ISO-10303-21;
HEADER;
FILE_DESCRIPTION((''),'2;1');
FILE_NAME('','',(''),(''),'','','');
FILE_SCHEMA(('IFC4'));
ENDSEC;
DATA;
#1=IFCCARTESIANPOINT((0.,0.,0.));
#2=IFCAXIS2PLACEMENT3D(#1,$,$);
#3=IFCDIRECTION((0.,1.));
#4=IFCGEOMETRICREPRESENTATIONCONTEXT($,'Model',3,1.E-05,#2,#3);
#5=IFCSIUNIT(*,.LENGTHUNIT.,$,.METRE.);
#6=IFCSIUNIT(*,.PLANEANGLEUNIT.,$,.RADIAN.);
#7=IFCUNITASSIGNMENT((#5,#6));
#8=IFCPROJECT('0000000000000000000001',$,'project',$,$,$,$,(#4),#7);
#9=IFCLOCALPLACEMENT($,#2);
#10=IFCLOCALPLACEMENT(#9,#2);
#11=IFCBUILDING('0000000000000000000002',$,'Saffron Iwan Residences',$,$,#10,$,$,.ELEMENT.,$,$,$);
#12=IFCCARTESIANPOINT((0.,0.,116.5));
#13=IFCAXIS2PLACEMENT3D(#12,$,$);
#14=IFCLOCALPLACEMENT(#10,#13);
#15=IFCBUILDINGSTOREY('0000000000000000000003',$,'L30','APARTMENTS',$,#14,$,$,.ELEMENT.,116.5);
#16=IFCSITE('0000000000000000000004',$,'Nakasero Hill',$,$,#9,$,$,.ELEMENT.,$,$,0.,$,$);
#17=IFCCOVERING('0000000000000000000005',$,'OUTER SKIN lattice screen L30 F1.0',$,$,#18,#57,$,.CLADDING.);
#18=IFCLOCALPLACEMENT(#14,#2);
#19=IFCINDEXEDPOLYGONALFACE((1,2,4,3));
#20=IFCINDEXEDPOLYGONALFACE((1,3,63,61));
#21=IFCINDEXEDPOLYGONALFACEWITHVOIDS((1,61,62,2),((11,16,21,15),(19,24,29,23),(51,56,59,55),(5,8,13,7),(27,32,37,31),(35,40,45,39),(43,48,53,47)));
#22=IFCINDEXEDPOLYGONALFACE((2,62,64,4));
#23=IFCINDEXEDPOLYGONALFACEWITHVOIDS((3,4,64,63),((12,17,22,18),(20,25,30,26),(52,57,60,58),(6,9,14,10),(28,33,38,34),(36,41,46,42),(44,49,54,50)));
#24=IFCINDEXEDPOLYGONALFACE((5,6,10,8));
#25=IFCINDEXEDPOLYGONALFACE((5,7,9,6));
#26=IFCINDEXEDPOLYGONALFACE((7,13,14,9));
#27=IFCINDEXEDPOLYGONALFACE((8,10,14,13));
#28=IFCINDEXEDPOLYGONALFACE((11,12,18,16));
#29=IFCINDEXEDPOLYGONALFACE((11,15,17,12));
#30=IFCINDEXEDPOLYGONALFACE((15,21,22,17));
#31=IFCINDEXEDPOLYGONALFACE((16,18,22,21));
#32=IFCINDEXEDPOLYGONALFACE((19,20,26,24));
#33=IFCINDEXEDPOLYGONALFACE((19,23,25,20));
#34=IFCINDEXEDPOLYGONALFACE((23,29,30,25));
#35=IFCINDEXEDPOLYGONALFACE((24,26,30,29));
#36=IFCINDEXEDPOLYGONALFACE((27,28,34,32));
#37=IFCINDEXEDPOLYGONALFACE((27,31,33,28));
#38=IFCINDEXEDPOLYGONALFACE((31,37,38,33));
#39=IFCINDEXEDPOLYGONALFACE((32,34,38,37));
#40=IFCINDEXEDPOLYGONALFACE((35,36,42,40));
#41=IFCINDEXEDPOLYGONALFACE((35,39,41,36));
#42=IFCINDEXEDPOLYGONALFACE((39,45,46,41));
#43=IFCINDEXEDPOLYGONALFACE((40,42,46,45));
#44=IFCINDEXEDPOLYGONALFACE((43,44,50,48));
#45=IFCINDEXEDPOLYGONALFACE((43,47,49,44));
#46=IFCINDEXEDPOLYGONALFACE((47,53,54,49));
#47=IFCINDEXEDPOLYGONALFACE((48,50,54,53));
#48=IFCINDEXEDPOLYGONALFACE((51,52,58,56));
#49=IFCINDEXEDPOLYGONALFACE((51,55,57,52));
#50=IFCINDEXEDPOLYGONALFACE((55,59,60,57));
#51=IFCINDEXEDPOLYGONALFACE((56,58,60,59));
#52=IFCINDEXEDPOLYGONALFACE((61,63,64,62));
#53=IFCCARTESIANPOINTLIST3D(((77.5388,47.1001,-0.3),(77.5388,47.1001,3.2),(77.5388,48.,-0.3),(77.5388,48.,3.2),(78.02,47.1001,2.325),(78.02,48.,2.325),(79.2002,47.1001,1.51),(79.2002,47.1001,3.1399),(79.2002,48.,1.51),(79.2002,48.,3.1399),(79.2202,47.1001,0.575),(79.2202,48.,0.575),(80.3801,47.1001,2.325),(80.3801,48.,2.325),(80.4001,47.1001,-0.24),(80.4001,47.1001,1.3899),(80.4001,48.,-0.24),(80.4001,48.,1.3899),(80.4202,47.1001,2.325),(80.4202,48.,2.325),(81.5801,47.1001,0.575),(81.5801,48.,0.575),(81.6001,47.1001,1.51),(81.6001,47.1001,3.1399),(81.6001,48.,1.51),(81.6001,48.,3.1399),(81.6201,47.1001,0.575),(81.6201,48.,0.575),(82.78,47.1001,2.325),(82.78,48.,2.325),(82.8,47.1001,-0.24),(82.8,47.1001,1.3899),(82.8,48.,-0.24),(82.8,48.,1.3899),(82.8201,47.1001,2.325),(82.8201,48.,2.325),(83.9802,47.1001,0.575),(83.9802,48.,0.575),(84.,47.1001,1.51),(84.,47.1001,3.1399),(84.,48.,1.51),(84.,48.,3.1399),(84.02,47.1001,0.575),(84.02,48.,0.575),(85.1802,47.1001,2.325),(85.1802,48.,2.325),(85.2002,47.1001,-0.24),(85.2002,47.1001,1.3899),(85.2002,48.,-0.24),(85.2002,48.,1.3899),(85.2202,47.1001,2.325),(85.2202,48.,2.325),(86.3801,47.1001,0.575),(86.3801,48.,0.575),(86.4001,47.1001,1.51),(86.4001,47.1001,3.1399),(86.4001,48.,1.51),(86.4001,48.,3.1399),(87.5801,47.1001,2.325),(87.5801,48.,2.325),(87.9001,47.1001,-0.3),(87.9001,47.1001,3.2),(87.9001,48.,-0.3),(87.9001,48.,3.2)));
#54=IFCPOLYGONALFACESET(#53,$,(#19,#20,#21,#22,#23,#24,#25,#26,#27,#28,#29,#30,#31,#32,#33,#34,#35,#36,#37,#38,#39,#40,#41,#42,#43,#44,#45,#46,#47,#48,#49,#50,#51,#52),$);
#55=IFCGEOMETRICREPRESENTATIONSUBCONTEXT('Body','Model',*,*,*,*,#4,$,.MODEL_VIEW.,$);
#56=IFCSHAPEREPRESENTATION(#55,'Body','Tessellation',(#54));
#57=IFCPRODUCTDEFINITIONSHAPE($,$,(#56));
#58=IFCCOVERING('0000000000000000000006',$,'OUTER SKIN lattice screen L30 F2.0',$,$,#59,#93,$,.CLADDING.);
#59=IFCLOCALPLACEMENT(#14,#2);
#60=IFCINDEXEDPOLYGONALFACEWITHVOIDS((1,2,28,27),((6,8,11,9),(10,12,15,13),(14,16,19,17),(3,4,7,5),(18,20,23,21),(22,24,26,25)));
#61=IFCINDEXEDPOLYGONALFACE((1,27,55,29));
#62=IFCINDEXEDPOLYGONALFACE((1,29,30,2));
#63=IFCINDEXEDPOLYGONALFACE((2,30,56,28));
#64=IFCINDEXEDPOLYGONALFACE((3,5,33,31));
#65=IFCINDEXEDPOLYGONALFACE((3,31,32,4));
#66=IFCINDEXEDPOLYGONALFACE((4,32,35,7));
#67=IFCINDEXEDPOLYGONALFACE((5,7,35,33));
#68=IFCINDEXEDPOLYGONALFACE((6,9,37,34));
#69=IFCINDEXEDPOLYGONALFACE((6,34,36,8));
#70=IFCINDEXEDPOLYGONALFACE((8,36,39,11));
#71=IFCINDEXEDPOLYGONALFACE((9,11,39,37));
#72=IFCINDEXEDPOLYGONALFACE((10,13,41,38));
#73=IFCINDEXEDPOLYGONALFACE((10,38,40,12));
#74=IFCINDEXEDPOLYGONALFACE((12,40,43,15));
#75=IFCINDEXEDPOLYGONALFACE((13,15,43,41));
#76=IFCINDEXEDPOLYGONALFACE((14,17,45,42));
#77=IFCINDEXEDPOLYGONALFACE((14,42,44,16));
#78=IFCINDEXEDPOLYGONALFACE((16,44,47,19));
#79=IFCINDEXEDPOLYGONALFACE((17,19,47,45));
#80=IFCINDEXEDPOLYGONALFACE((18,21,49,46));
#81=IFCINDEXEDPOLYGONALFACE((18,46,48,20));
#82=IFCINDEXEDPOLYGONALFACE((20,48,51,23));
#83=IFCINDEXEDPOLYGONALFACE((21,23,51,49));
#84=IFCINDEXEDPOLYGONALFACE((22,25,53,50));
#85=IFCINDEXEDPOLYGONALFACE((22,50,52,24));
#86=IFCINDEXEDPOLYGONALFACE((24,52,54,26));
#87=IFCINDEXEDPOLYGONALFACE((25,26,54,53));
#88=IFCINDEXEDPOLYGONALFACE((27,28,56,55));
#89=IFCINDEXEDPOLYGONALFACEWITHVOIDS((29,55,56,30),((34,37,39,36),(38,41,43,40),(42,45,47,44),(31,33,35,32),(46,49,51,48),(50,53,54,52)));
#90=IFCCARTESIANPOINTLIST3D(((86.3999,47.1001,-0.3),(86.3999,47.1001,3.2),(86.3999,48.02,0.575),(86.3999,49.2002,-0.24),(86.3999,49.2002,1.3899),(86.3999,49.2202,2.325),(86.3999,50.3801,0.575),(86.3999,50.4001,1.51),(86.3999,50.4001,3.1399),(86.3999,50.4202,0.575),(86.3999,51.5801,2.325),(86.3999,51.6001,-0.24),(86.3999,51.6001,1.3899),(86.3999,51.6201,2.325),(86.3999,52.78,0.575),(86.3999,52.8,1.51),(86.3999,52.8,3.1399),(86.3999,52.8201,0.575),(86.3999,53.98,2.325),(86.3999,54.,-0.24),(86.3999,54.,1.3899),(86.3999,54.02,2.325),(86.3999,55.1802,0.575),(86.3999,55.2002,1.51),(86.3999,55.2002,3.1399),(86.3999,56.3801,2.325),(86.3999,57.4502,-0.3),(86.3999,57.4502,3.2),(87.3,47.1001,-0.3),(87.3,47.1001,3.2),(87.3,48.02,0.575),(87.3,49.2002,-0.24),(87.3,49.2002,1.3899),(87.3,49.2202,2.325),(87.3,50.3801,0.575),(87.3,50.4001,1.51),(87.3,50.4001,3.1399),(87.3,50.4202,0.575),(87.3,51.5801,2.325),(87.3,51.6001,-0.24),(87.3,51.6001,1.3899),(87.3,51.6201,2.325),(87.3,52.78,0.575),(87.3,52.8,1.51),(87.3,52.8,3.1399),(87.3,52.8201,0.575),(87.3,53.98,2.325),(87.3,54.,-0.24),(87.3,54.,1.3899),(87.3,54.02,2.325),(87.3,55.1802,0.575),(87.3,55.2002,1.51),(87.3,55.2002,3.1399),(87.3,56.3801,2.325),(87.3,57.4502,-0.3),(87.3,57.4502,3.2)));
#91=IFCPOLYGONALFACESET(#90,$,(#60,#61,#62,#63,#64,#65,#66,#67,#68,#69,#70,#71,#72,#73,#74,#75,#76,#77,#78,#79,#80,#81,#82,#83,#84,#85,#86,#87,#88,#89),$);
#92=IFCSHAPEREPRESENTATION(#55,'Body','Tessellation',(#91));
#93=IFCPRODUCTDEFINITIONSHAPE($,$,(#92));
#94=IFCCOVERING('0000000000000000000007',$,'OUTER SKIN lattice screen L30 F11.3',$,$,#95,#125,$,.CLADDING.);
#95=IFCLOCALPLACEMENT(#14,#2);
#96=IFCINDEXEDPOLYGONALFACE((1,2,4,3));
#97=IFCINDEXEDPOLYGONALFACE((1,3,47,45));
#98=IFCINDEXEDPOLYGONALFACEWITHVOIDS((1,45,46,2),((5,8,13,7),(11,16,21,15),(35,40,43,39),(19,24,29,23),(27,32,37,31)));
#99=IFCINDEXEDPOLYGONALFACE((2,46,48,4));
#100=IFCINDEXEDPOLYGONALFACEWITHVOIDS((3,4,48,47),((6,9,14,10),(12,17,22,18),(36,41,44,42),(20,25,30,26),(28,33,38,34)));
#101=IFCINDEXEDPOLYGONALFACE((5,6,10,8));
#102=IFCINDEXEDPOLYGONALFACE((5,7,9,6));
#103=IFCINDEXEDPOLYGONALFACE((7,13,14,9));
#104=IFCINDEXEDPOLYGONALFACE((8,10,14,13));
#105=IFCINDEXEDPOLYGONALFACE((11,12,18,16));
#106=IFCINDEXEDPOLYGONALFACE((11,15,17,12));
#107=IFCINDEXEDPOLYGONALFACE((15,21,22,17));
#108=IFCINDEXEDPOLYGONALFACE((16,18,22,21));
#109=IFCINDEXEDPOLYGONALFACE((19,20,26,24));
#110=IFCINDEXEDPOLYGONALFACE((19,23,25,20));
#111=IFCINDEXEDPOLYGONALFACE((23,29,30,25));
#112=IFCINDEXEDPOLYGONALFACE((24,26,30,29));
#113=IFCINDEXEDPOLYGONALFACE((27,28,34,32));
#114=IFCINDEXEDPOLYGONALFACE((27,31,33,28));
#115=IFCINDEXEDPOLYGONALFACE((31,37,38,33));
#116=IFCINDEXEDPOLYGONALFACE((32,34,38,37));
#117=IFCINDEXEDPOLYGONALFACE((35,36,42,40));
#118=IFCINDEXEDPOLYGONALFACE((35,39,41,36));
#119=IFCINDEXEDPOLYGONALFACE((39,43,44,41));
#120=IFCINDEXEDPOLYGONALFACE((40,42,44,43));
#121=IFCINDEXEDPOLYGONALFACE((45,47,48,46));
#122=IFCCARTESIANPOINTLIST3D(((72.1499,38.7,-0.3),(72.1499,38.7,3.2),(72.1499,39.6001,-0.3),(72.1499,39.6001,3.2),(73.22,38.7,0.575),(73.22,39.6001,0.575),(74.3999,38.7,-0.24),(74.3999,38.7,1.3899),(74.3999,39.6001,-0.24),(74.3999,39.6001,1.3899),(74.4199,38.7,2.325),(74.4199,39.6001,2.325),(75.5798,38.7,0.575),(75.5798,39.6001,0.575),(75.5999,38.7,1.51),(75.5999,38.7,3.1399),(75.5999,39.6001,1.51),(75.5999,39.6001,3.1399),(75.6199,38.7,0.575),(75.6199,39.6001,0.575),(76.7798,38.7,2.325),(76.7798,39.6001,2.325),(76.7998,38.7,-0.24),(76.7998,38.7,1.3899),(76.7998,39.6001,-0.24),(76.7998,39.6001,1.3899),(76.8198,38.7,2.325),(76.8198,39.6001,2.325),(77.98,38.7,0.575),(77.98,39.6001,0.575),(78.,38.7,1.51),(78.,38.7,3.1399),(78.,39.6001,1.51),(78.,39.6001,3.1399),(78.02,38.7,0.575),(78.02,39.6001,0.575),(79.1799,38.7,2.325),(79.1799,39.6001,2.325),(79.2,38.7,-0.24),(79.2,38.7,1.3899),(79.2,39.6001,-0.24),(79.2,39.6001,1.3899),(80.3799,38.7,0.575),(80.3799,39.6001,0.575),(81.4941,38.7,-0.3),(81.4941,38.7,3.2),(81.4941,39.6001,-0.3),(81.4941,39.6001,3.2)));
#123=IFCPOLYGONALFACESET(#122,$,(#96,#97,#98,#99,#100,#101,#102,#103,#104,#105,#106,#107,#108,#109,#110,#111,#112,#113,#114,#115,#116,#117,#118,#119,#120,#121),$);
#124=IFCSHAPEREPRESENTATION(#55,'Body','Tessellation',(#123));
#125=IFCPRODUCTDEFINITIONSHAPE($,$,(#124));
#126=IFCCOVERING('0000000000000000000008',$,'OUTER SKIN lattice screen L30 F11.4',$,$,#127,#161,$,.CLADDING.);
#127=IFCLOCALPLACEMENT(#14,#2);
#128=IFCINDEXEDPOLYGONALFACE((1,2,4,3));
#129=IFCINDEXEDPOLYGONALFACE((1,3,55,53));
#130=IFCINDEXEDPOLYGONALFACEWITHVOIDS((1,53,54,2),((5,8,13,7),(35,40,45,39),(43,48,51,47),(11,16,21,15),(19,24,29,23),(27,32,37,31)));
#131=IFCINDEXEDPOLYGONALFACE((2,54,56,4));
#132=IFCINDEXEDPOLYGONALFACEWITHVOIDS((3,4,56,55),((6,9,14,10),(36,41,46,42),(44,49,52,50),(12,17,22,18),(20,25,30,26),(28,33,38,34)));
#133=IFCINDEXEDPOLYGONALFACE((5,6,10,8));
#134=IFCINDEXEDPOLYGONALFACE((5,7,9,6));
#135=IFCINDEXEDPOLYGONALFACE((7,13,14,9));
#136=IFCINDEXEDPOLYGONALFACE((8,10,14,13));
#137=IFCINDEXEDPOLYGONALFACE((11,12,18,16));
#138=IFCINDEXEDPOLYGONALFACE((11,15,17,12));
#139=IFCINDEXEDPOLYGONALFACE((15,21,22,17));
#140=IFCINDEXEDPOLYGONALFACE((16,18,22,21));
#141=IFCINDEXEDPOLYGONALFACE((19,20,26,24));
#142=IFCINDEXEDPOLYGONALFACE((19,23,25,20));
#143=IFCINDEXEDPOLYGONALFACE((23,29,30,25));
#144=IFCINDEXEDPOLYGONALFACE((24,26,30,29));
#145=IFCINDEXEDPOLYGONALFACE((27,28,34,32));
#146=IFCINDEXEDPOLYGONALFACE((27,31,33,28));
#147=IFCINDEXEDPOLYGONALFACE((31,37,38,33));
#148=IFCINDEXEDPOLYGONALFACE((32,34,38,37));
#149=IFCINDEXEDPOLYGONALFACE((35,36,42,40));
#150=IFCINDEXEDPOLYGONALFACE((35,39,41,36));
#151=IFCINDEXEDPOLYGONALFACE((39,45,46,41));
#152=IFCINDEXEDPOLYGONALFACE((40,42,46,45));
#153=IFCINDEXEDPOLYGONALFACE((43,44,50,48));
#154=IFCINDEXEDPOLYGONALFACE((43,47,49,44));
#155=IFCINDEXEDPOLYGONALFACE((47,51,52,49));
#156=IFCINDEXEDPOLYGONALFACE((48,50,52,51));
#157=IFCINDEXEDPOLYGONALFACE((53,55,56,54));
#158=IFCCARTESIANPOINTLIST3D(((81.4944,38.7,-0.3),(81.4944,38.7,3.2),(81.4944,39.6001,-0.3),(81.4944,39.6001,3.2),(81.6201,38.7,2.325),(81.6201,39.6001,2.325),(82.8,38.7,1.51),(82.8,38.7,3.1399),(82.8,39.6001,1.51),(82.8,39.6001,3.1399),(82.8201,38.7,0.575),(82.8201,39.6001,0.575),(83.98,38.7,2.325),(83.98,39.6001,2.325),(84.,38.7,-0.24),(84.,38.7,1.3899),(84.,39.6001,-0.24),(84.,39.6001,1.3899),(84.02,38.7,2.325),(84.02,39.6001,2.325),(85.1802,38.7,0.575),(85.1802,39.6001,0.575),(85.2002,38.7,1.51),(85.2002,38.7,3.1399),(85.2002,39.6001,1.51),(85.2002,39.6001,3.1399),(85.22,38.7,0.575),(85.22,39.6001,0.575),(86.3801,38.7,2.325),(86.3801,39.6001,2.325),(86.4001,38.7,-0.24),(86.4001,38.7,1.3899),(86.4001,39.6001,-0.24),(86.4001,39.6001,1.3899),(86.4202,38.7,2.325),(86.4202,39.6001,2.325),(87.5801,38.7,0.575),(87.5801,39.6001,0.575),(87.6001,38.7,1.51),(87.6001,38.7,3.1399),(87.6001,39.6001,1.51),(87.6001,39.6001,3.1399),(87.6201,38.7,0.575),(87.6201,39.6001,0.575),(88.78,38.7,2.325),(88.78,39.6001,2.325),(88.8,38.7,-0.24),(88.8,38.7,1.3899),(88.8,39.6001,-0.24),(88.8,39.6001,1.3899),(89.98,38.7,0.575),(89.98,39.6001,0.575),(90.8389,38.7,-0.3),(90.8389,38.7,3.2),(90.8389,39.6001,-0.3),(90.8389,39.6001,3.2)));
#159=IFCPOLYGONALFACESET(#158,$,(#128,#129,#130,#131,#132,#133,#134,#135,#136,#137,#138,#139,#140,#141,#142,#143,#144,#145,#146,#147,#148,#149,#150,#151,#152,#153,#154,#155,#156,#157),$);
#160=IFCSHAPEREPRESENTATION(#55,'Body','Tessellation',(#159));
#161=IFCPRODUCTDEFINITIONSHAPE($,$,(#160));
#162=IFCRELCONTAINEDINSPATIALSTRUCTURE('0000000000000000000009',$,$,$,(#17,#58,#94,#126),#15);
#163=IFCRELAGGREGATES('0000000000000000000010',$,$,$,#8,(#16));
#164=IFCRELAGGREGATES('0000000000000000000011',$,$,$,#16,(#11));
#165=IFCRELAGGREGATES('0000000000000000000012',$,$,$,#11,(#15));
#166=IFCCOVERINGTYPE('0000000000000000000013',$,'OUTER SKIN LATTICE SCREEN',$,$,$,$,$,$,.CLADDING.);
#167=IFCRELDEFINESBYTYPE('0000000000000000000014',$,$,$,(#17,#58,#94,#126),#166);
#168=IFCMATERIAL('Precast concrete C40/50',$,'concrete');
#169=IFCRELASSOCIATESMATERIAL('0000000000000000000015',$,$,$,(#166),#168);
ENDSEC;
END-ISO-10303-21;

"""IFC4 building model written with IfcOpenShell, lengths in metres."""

from ifc_helpers import new_model, si_unit, direction, frame, origin, place, context, subcontext, project, spatial, polyline, outline, extrude, material, type_object, element, save


model = new_model("IFC4")

# Units and contexts
model_context = context("Model", 3, precision=1e-05, world=origin(), true_north=direction((0.0, 1.0)))
body_context = subcontext(model_context, "Body", "Model", "MODEL_VIEW")
ifc_project = project(units=[si_unit("LENGTHUNIT", "METRE"), si_unit("PLANEANGLEUNIT", "RADIAN")], contexts=[model_context])

# Site, building, storey
site_placement = place(None, origin())
site = spatial("IfcSite", under=ifc_project, at=site_placement, Name="Nakasero Hill", CompositionType="ELEMENT", RefElevation=0.0)
building_placement = place(site_placement, origin())
building = spatial("IfcBuilding", under=site, at=building_placement, Name="Saffron Iwan Residences", CompositionType="ELEMENT")
storey_placement = place(building_placement, frame((0.0, 0.0, 116.5)))
storey = spatial("IfcBuildingStorey", under=building, at=storey_placement, Name="L30", Description="APARTMENTS", CompositionType="ELEMENT", Elevation=116.5)

# Coverings
ifc_material_1 = material(Name="Precast concrete C40/50", Category="concrete")
covering_type = type_object("IfcCoveringType", Name="OUTER SKIN LATTICE SCREEN", PredefinedType="CLADDING", material=ifc_material_1)
covering_1_placement = place(storey_placement, frame((77.5388, 48.0, -0.3), z_axis=(0.0, -1.0, 0.0), x_axis=(1.0, 0.0, 0.0)))
element("IfcCovering", 1, at=covering_1_placement, inside=storey, type_object=covering_type, Name="OUTER SKIN lattice screen L30 F1.0", PredefinedType="CLADDING", context=body_context, shape_type="SweptSolid", body=[
    extrude(outline(polyline([(0.0, 0.0), (10.3613, 0.0), (10.3613, 3.5), (0.0, 3.5), (0.0, 0.0)]), holes=[polyline([(1.6814, 0.875), (2.8613, 0.0601), (4.0413, 0.875), (2.8613, 1.6899), (1.6814, 0.875)]), polyline([(4.0813, 0.875), (5.2612, 0.0601), (6.4414, 0.875), (5.2612, 1.6899), (4.0813, 0.875)]), polyline([(6.4812, 0.875), (7.6614, 0.0601), (8.8413, 0.875), (7.6614, 1.6899), (6.4812, 0.875)]), polyline([(0.4812, 2.625), (1.6614, 1.8101), (2.8413, 2.625), (1.6614, 3.4399), (0.4812, 2.625)]), polyline([(2.8813, 2.625), (4.0613, 1.8101), (5.2412, 2.625), (4.0613, 3.4399), (2.8813, 2.625)]), polyline([(5.2812, 2.625), (6.4612, 1.8101), (7.6414, 2.625), (6.4612, 3.4399), (5.2812, 2.625)]), polyline([(7.6814, 2.625), (8.8613, 1.8101), (10.0413, 2.625), (8.8613, 3.4399), (7.6814, 2.625)])]), origin(), (0.0, 0.0, 1.0), 0.8999),
])
covering_2_placement = place(storey_placement, frame((86.3999, 47.1001, -0.3), z_axis=(1.0, 0.0, 0.0), x_axis=(0.0, 1.0, 0.0)))
element("IfcCovering", 2, at=covering_2_placement, inside=storey, type_object=covering_type, Name="OUTER SKIN lattice screen L30 F2.0", PredefinedType="CLADDING", context=body_context, shape_type="SweptSolid", body=[
    extrude(outline(polyline([(0.0, 0.0), (10.3501, 0.0), (10.3501, 3.5), (0.0, 3.5), (0.0, 0.0)]), holes=[polyline([(0.9199, 0.875), (2.1001, 0.0601), (3.28, 0.875), (2.1001, 1.6899), (0.9199, 0.875)]), polyline([(3.3201, 0.875), (4.5, 0.0601), (5.6799, 0.875), (4.5, 1.6899), (3.3201, 0.875)]), polyline([(5.72, 0.875), (6.8999, 0.0601), (8.0801, 0.875), (6.8999, 1.6899), (5.72, 0.875)]), polyline([(2.1201, 2.625), (3.3, 1.8101), (4.48, 2.625), (3.3, 3.4399), (2.1201, 2.625)]), polyline([(4.52, 2.625), (5.7, 1.8101), (6.8799, 2.625), (5.7, 3.4399), (4.52, 2.625)]), polyline([(6.9199, 2.625), (8.1001, 1.8101), (9.28, 2.625), (8.1001, 3.4399), (6.9199, 2.625)])]), origin(), (0.0, 0.0, 1.0), 0.9001),
])
covering_3_placement = place(storey_placement, frame((72.1499, 39.6001, -0.3), z_axis=(0.0, -1.0, 0.0), x_axis=(1.0, 0.0, 0.0)))
element("IfcCovering", 3, at=covering_3_placement, inside=storey, type_object=covering_type, Name="OUTER SKIN lattice screen L30 F11.3", PredefinedType="CLADDING", context=body_context, shape_type="SweptSolid", body=[
    extrude(outline(polyline([(0.0, 0.0), (9.3442, 0.0), (9.3442, 3.5), (0.0, 3.5), (0.0, 0.0)]), holes=[polyline([(1.0701, 0.875), (2.25, 0.0601), (3.4299, 0.875), (2.25, 1.6899), (1.0701, 0.875)]), polyline([(3.47, 0.875), (4.6499, 0.0601), (5.8301, 0.875), (4.6499, 1.6899), (3.47, 0.875)]), polyline([(5.8701, 0.875), (7.05, 0.0601), (8.23, 0.875), (7.05, 1.6899), (5.8701, 0.875)]), polyline([(2.27, 2.625), (3.45, 1.8101), (4.6299, 2.625), (3.45, 3.4399), (2.27, 2.625)]), polyline([(4.6699, 2.625), (5.8501, 1.8101), (7.03, 2.625), (5.8501, 3.4399), (4.6699, 2.625)])]), origin(), (0.0, 0.0, 1.0), 0.9001),
])
covering_4_placement = place(storey_placement, frame((81.4944, 39.6001, -0.3), z_axis=(0.0, -1.0, 0.0), x_axis=(1.0, 0.0, 0.0)))
element("IfcCovering", 4, at=covering_4_placement, inside=storey, type_object=covering_type, Name="OUTER SKIN lattice screen L30 F11.4", PredefinedType="CLADDING", context=body_context, shape_type="SweptSolid", body=[
    extrude(outline(polyline([(0.0, 0.0), (9.3445, 0.0), (9.3445, 3.5), (0.0, 3.5), (0.0, 0.0)]), holes=[polyline([(1.3257, 0.875), (2.5056, 0.0601), (3.6858, 0.875), (2.5056, 1.6899), (1.3257, 0.875)]), polyline([(3.7256, 0.875), (4.9058, 0.0601), (6.0857, 0.875), (4.9058, 1.6899), (3.7256, 0.875)]), polyline([(6.1257, 0.875), (7.3057, 0.0601), (8.4856, 0.875), (7.3057, 1.6899), (6.1257, 0.875)]), polyline([(0.1257, 2.625), (1.3057, 1.8101), (2.4856, 2.625), (1.3057, 3.4399), (0.1257, 2.625)]), polyline([(2.5256, 2.625), (3.7058, 1.8101), (4.8857, 2.625), (3.7058, 3.4399), (2.5256, 2.625)]), polyline([(4.9258, 2.625), (6.1057, 1.8101), (7.2856, 2.625), (6.1057, 3.4399), (4.9258, 2.625)])]), origin(), (0.0, 0.0, 1.0), 0.9001),
])

save(model, "model.ifc")
